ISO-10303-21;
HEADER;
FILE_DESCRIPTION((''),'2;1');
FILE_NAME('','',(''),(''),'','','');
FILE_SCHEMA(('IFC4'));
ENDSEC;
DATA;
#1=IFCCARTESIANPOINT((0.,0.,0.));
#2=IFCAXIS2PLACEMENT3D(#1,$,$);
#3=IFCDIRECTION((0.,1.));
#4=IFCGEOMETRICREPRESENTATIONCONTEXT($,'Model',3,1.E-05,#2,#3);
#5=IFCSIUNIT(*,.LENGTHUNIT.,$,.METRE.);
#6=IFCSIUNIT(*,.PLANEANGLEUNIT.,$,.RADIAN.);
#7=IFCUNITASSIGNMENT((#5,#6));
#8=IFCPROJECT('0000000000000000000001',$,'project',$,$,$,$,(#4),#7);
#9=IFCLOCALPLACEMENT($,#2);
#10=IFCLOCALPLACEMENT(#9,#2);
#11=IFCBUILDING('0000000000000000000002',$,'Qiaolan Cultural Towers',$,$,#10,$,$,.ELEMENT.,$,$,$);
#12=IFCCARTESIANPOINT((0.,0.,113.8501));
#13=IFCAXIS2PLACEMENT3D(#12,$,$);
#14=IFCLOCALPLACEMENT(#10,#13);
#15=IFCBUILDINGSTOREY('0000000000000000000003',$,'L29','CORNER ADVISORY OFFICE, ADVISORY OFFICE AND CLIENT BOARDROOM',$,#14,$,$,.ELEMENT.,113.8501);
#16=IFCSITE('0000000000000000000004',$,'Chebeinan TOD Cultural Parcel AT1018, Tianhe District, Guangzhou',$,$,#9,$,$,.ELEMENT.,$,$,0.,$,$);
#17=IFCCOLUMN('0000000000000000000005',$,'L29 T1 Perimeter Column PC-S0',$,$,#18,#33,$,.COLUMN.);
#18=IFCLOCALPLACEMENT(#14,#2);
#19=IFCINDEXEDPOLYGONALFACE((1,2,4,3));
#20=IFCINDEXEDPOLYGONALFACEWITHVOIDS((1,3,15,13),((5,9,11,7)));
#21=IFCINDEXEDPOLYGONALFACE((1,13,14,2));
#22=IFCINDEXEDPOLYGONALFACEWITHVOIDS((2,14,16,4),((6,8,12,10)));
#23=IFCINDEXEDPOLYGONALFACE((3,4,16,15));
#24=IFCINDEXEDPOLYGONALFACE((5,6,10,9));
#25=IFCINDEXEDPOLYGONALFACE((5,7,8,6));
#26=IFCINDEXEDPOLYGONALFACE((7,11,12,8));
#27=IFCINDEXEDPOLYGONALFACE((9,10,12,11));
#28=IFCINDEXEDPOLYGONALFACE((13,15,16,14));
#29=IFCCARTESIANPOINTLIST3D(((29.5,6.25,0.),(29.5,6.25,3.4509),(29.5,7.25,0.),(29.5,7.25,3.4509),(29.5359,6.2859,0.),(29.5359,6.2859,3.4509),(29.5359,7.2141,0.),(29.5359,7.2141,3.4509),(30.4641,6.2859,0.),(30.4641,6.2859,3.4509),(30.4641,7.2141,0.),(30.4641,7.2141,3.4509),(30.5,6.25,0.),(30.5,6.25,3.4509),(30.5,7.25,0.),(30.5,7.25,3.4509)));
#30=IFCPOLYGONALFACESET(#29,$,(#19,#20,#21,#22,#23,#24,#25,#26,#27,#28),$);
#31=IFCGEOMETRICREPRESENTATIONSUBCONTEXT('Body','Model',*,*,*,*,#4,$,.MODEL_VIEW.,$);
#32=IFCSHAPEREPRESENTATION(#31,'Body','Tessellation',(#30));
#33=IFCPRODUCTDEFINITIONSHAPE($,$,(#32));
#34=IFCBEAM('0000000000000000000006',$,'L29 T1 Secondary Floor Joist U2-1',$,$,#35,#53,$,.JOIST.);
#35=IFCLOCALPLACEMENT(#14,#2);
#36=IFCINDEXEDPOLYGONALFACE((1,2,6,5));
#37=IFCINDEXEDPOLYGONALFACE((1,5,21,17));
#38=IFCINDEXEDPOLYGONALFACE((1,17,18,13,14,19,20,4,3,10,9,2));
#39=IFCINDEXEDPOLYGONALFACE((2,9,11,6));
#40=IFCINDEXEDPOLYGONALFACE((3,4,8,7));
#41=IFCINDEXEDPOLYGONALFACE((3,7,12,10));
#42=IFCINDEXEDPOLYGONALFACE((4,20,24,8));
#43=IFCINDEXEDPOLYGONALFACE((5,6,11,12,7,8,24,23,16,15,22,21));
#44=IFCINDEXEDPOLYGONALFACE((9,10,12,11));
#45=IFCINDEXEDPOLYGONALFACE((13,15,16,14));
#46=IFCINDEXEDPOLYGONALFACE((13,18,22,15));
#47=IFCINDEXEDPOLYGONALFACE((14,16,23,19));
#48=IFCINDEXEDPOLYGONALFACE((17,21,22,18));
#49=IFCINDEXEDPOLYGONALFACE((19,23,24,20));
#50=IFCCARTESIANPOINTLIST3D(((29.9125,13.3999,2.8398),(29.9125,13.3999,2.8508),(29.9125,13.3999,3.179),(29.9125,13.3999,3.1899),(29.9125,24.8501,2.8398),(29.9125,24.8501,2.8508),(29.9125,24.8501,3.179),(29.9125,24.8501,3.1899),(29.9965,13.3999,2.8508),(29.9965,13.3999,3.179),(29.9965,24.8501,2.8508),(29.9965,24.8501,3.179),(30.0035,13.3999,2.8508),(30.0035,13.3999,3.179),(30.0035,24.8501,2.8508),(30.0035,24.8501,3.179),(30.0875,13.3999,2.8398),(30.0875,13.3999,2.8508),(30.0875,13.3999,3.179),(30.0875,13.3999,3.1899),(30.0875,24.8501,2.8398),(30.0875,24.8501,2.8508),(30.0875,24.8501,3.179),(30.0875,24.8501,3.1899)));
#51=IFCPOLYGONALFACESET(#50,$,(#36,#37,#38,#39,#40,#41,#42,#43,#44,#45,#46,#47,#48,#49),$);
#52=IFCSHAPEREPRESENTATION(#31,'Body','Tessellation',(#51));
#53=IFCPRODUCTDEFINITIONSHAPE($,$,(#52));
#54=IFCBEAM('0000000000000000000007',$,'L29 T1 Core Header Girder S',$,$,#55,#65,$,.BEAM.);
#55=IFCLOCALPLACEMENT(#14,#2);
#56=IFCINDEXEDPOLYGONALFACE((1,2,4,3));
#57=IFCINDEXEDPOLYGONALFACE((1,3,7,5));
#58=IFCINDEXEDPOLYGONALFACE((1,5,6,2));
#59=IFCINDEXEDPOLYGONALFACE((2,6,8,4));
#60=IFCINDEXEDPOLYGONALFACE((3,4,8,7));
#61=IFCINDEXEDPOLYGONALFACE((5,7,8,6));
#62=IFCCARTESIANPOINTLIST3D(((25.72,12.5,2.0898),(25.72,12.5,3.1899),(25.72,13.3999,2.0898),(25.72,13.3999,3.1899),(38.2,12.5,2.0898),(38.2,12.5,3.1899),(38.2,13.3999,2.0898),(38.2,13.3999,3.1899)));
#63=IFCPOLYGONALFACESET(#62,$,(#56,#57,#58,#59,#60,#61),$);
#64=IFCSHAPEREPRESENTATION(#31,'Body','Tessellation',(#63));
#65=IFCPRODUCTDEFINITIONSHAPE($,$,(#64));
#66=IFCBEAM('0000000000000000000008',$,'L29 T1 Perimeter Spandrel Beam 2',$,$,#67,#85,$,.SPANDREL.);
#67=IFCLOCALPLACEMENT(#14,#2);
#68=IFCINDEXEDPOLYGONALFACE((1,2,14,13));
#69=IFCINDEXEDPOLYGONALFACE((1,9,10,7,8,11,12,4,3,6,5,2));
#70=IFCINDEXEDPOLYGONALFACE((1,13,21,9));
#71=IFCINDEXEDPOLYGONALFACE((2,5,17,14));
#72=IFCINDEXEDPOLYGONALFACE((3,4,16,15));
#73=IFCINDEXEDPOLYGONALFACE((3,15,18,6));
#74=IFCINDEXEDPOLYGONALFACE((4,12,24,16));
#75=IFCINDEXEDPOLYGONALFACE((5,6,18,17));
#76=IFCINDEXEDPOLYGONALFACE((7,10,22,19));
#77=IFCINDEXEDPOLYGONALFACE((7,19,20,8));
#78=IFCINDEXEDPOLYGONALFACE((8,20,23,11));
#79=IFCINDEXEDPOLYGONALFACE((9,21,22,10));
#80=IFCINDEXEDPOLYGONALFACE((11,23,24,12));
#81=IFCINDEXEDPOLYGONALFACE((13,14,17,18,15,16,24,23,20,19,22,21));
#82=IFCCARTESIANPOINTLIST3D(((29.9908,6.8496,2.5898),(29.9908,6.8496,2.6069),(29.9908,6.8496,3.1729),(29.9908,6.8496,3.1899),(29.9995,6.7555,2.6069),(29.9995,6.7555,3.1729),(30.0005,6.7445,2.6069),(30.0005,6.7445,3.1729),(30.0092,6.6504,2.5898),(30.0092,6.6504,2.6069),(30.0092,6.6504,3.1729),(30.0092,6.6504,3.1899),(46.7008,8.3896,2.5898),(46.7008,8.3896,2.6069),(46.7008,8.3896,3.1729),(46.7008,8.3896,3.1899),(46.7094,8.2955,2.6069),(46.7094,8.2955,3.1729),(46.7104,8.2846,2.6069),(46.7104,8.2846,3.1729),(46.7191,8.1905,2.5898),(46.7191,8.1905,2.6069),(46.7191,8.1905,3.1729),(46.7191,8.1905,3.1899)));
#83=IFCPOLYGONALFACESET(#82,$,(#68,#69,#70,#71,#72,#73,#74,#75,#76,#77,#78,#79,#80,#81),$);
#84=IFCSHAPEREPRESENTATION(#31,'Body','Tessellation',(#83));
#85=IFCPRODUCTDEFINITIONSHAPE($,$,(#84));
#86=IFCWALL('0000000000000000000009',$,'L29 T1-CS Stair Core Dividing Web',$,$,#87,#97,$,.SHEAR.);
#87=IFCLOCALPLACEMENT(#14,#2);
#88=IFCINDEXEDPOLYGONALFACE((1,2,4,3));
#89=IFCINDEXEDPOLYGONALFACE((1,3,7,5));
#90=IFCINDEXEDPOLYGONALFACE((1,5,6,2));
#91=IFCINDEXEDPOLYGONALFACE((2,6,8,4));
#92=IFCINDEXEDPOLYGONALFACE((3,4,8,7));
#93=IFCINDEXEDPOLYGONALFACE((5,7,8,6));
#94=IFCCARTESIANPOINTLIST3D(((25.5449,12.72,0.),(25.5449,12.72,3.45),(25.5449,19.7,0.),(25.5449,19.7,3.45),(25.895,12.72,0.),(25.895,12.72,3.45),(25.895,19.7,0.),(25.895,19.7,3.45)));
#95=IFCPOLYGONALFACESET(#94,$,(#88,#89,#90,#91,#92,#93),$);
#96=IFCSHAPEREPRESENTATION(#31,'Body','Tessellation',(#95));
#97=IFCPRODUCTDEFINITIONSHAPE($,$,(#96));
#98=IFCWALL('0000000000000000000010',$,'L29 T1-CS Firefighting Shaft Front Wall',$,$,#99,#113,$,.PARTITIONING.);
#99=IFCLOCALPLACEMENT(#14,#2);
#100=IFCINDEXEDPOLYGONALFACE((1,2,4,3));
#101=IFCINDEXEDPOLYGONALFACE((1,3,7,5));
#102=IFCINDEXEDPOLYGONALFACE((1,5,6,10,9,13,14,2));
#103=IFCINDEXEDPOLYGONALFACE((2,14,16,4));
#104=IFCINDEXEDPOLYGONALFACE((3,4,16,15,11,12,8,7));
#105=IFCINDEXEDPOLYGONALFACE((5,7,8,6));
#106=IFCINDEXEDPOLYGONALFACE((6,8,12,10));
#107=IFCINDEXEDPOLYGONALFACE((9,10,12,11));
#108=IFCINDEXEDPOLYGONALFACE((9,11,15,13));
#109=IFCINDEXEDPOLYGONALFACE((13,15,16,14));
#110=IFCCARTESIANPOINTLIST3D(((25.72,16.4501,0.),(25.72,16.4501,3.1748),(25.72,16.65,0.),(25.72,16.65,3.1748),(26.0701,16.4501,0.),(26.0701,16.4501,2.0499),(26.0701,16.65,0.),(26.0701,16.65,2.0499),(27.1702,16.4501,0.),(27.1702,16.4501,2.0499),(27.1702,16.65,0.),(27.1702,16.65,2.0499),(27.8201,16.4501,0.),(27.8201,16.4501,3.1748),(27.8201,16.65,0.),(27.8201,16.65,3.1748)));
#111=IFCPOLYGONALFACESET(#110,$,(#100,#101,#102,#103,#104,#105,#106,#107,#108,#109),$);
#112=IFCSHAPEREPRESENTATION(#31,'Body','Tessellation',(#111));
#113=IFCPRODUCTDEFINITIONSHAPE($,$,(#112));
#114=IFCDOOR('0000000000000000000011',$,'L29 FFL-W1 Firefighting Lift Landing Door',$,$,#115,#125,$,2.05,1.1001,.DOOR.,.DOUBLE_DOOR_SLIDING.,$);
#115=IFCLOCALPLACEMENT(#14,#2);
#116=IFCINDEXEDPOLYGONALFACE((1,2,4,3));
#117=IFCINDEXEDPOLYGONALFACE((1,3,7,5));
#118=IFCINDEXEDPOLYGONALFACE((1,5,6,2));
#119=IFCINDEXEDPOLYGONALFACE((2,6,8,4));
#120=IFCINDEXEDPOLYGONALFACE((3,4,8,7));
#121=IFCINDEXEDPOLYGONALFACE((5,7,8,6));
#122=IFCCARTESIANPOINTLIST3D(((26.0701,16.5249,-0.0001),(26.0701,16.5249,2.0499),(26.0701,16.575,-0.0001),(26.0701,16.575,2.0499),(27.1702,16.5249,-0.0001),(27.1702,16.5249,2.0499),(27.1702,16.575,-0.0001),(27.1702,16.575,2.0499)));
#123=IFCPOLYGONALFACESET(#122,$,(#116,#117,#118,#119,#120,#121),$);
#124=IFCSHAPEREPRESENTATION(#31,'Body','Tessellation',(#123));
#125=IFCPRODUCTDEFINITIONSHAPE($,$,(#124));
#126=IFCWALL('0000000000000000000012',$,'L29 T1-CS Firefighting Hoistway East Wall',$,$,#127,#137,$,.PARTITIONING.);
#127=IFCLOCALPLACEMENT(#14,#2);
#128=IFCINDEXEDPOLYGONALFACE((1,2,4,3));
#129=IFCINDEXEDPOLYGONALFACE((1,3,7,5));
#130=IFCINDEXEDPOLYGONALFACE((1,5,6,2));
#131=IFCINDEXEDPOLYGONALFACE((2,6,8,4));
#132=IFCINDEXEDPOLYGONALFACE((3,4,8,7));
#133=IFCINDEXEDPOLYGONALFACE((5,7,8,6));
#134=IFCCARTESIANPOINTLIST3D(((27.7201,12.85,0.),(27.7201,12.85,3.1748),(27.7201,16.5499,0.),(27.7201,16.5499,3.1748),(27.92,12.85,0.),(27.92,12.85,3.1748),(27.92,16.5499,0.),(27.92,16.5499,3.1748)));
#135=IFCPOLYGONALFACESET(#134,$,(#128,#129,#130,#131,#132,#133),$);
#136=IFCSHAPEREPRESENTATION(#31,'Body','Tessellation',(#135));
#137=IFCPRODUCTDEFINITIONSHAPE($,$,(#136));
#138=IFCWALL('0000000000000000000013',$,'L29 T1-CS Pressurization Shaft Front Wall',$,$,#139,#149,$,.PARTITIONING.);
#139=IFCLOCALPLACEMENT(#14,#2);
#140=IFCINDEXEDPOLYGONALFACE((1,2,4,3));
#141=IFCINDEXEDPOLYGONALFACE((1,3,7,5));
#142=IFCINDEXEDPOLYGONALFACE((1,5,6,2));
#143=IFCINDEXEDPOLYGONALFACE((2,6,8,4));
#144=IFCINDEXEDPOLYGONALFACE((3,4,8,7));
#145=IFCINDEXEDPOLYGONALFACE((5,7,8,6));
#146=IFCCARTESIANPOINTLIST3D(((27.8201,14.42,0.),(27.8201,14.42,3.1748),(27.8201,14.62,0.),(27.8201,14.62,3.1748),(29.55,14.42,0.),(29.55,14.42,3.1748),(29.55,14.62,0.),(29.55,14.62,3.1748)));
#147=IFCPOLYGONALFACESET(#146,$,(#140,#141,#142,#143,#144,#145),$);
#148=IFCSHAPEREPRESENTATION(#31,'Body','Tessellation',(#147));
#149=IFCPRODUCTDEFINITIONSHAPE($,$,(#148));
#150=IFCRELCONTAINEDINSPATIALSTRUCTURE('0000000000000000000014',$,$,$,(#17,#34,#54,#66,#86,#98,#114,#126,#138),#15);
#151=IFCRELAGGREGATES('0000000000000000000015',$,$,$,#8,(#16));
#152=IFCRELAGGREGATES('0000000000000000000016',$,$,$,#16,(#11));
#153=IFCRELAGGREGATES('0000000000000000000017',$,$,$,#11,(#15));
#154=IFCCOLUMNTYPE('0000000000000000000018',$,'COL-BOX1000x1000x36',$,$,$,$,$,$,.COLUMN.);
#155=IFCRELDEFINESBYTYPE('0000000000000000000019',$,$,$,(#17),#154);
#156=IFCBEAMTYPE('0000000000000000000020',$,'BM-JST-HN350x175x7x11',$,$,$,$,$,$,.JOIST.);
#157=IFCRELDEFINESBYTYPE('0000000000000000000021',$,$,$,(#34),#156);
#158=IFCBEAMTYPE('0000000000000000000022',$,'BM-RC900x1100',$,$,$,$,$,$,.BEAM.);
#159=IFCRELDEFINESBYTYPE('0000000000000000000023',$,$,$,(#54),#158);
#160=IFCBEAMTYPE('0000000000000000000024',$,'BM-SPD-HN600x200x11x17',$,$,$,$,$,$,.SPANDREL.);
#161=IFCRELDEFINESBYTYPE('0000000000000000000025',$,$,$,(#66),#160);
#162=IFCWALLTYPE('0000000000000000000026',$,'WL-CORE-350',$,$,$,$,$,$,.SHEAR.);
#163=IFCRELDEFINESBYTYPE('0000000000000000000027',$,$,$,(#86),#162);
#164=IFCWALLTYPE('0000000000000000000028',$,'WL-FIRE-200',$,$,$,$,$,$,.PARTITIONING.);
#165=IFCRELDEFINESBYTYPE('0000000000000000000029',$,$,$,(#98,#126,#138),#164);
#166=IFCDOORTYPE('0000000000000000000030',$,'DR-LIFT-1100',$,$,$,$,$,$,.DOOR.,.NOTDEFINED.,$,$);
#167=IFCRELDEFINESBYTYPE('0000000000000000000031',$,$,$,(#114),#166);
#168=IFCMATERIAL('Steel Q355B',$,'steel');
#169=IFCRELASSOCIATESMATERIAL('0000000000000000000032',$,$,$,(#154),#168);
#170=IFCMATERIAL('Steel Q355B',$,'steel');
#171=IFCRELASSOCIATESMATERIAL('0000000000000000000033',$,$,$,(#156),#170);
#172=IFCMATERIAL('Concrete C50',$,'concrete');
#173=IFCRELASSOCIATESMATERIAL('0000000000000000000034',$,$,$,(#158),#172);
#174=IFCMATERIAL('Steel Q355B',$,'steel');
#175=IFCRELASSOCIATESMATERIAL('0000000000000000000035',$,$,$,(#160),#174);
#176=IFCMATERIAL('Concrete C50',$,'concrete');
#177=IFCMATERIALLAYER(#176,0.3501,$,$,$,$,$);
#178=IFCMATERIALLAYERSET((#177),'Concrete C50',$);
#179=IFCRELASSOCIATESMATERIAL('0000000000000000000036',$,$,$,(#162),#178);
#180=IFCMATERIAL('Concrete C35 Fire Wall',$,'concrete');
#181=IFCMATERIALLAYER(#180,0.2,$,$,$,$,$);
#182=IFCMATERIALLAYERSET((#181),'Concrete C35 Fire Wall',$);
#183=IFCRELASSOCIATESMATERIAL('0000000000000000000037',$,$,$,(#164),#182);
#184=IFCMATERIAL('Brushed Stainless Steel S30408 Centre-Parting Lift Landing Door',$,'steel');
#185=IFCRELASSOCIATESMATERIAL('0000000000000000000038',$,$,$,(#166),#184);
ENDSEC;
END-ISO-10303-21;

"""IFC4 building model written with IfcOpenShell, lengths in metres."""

from ifc_helpers import new_model, si_unit, direction, frame, frame_2d, origin, origin_2d, place, context, subcontext, project, spatial, rectangle, hollow_rectangle, i_section, extrude, material, layer, layer_set, material_profile, profile_set, type_object, element, fill, save


model = new_model("IFC4")

# Units and contexts
model_context = context("Model", 3, precision=1e-05, world=origin(), true_north=direction((0.0, 1.0)))
body_context = subcontext(model_context, "Body", "Model", "MODEL_VIEW")
ifc_project = project(units=[si_unit("LENGTHUNIT", "METRE"), si_unit("PLANEANGLEUNIT", "RADIAN")], contexts=[model_context])

# Site, building, storey
site_placement = place(None, origin())
site = spatial("IfcSite", under=ifc_project, at=site_placement, Name="Chebeinan TOD Cultural Parcel AT1018, Tianhe District, Guangzhou", CompositionType="ELEMENT", RefElevation=0.0)
building_placement = place(site_placement, origin())
building = spatial("IfcBuilding", under=site, at=building_placement, Name="Qiaolan Cultural Towers", CompositionType="ELEMENT")
storey_placement = place(building_placement, frame((0.0, 0.0, 113.8501)))
storey = spatial("IfcBuildingStorey", under=building, at=storey_placement, Name="L29", Description="CORNER ADVISORY OFFICE, ADVISORY OFFICE AND CLIENT BOARDROOM", CompositionType="ELEMENT", Elevation=113.8501)

# Column
ifc_material_1 = material(Name="Steel Q355B", Category="steel")
ifc_material_profile_1 = material_profile(ifc_material_1, hollow_rectangle(XDim=1.0, YDim=1.0, WallThickness=0.0359, at=origin_2d()), Name="BOX1000x1000x36")
ifc_profile_set_1 = profile_set([ifc_material_profile_1], Name="Steel Q355B")
column_type = type_object("IfcColumnType", Name="COL-BOX1000x1000x36", PredefinedType="COLUMN", material=ifc_profile_set_1)
column_placement = place(storey_placement, frame((30.0, 6.75, 0.0), z_axis=(0.0, 0.0, 1.0), x_axis=(1.0, 0.0, 0.0)))
element("IfcColumn", 1, at=column_placement, inside=storey, type_object=column_type, Name="L29 T1 Perimeter Column PC-S0", PredefinedType="COLUMN", context=body_context, shape_type="SweptSolid", body=[
    extrude(hollow_rectangle(XDim=1.0, YDim=1.0, WallThickness=0.0359, at=origin_2d()), origin(), (0.0, 0.0, 1.0), 3.4509),
])

# Beams
ifc_material_2 = material(Name="Steel Q355B", Category="steel")
ifc_material_profile_2 = material_profile(ifc_material_2, i_section(OverallWidth=0.175, OverallDepth=0.3501, WebThickness=0.0071, FlangeThickness=0.011, at=origin_2d()), Name="HN350x175x7x11")
ifc_profile_set_2 = profile_set([ifc_material_profile_2], Name="Steel Q355B")
beam_type_1 = type_object("IfcBeamType", Name="BM-JST-HN350x175x7x11", PredefinedType="JOIST", material=ifc_profile_set_2)
beam_1_placement = place(storey_placement, frame((30.0, 13.3999, 3.0149), z_axis=(0.0, 1.0, 0.0), x_axis=(-1.0, 0.0, 0.0)))
element("IfcBeam", 2, at=beam_1_placement, inside=storey, type_object=beam_type_1, Name="L29 T1 Secondary Floor Joist U2-1", PredefinedType="JOIST", context=body_context, shape_type="SweptSolid", body=[
    extrude(i_section(OverallWidth=0.175, OverallDepth=0.3501, WebThickness=0.0071, FlangeThickness=0.011, at=origin_2d()), origin(), (0.0, 0.0, 1.0), 11.4502),
])
ifc_material_3 = material(Name="Concrete C50", Category="concrete")
ifc_material_profile_3 = material_profile(ifc_material_3, rectangle(XDim=0.8999, YDim=1.1001, at=origin_2d()), Name="RC900x1100")
ifc_profile_set_3 = profile_set([ifc_material_profile_3], Name="Concrete C50")
beam_type_2 = type_object("IfcBeamType", Name="BM-RC900x1100", PredefinedType="BEAM", material=ifc_profile_set_3)
beam_2_placement = place(storey_placement, frame((25.72, 12.95, 2.6399), z_axis=(1.0, 0.0, 0.0), x_axis=(0.0, 1.0, 0.0)))
element("IfcBeam", 3, at=beam_2_placement, inside=storey, type_object=beam_type_2, Name="L29 T1 Core Header Girder S", PredefinedType="BEAM", context=body_context, shape_type="SweptSolid", body=[
    extrude(rectangle(XDim=0.8999, YDim=1.1001, at=origin_2d()), origin(), (0.0, 0.0, 1.0), 12.48),
])
ifc_material_4 = material(Name="Steel Q355B", Category="steel")
ifc_material_profile_4 = material_profile(ifc_material_4, i_section(OverallWidth=0.2, OverallDepth=0.6001, WebThickness=0.011, FlangeThickness=0.0171, at=origin_2d()), Name="HN600x200x11x17")
ifc_profile_set_4 = profile_set([ifc_material_profile_4], Name="Steel Q355B")
beam_type_3 = type_object("IfcBeamType", Name="BM-SPD-HN600x200x11x17", PredefinedType="SPANDREL", material=ifc_profile_set_4)
beam_3_placement = place(storey_placement, frame((30.0, 6.75, 2.8899), z_axis=(0.99578, 0.091774, 0.0), x_axis=(-0.091774, 0.99578, 0.0)))
element("IfcBeam", 4, at=beam_3_placement, inside=storey, type_object=beam_type_3, Name="L29 T1 Perimeter Spandrel Beam 2", PredefinedType="SPANDREL", context=body_context, shape_type="SweptSolid", body=[
    extrude(i_section(OverallWidth=0.2, OverallDepth=0.6001, WebThickness=0.011, FlangeThickness=0.0171, at=origin_2d()), origin(), (0.0, 0.0, 1.0), 16.7808),
])

# Wall
ifc_material_5 = material(Name="Concrete C50", Category="concrete")
ifc_layer_1 = layer(ifc_material_5, 0.3501)
ifc_layer_set_1 = layer_set([ifc_layer_1], Name="Concrete C50")
wall_type_1 = type_object("IfcWallType", Name="WL-CORE-350", PredefinedType="SHEAR", material=ifc_layer_set_1)
wall_1_placement = place(storey_placement, frame((25.72, 19.7, 0.0), z_axis=(0.0, 0.0, 1.0), x_axis=(0.0, -1.0, 0.0)))
element("IfcWall", 5, at=wall_1_placement, inside=storey, type_object=wall_type_1, Name="L29 T1-CS Stair Core Dividing Web", PredefinedType="SHEAR", context=body_context, shape_type="SweptSolid", body=[
    extrude(rectangle(XDim=6.98, YDim=0.3501, at=frame_2d((3.49, 0.0))), origin(), (0.0, 0.0, 1.0), 3.45),
])

# Wall, opening, door
ifc_material_6 = material(Name="Concrete C35 Fire Wall", Category="concrete")
ifc_layer_2 = layer(ifc_material_6, 0.2)
ifc_layer_set_2 = layer_set([ifc_layer_2], Name="Concrete C35 Fire Wall")
wall_type_2 = type_object("IfcWallType", Name="WL-FIRE-200", PredefinedType="PARTITIONING", material=ifc_layer_set_2)
wall_2_placement = place(storey_placement, frame((25.72, 16.55, 0.0), z_axis=(0.0, 0.0, 1.0), x_axis=(1.0, 0.0, 0.0)))
wall_2 = element("IfcWall", 6, at=wall_2_placement, inside=storey, type_object=wall_type_2, Name="L29 T1-CS Firefighting Shaft Front Wall", PredefinedType="PARTITIONING", context=body_context, shape_type="SweptSolid", body=[
    extrude(rectangle(XDim=2.1001, YDim=0.2, at=frame_2d((1.05, 0.0))), origin(), (0.0, 0.0, 1.0), 3.1748),
])
opening_placement = place(wall_2_placement, frame((0.3501, 0.0, 0.0)))
opening = element("IfcOpeningElement", 7, at=opening_placement, cuts=wall_2, PredefinedType="OPENING", context=body_context, shape_type="SweptSolid", body=[
    extrude(rectangle(XDim=1.1001, YDim=2.05, at=frame_2d((0.55, 1.0249))), frame((0.0, 0.1099, 0.0), z_axis=(0.0, -1.0, 0.0), x_axis=(1.0, 0.0, 0.0)), (0.0, 0.0, 1.0), 0.22),
])
ifc_material_7 = material(Name="Brushed Stainless Steel S30408 Centre-Parting Lift Landing Door", Category="steel")
door_type = type_object("IfcDoorType", Name="DR-LIFT-1100", OperationType="NOTDEFINED", PredefinedType="DOOR", material=ifc_material_7)
door_placement = place(opening_placement, origin())
door = element("IfcDoor", 8, at=door_placement, inside=storey, type_object=door_type, Name="L29 FFL-W1 Firefighting Lift Landing Door", OperationType="DOUBLE_DOOR_SLIDING", OverallHeight=2.05, OverallWidth=1.1001, PredefinedType="DOOR", context=body_context, shape_type="SweptSolid", body=[
    extrude(rectangle(XDim=1.1001, YDim=2.05, at=frame_2d((0.55, 1.0249))), frame((0.0, 0.0249, 0.0), z_axis=(0.0, -1.0, 0.0), x_axis=(1.0, 0.0, 0.0)), (0.0, 0.0, 1.0), 0.05),
])
fill(opening, door)

# Walls
wall_3_placement = place(storey_placement, frame((27.8201, 16.55, 0.0), z_axis=(0.0, 0.0, 1.0), x_axis=(0.0, -1.0, 0.0)))
element("IfcWall", 9, at=wall_3_placement, inside=storey, type_object=wall_type_2, Name="L29 T1-CS Firefighting Hoistway East Wall", PredefinedType="PARTITIONING", context=body_context, shape_type="SweptSolid", body=[
    extrude(rectangle(XDim=3.7, YDim=0.2, at=frame_2d((1.8501, 0.0))), origin(), (0.0, 0.0, 1.0), 3.1748),
])
wall_4_placement = place(storey_placement, frame((27.8201, 14.52, 0.0), z_axis=(0.0, 0.0, 1.0), x_axis=(1.0, 0.0, 0.0)))
element("IfcWall", 10, at=wall_4_placement, inside=storey, type_object=wall_type_2, Name="L29 T1-CS Pressurization Shaft Front Wall", PredefinedType="PARTITIONING", context=body_context, shape_type="SweptSolid", body=[
    extrude(rectangle(XDim=1.73, YDim=0.2, at=frame_2d((0.865, 0.0))), origin(), (0.0, 0.0, 1.0), 3.1748),
])

save(model, "model.ifc")
